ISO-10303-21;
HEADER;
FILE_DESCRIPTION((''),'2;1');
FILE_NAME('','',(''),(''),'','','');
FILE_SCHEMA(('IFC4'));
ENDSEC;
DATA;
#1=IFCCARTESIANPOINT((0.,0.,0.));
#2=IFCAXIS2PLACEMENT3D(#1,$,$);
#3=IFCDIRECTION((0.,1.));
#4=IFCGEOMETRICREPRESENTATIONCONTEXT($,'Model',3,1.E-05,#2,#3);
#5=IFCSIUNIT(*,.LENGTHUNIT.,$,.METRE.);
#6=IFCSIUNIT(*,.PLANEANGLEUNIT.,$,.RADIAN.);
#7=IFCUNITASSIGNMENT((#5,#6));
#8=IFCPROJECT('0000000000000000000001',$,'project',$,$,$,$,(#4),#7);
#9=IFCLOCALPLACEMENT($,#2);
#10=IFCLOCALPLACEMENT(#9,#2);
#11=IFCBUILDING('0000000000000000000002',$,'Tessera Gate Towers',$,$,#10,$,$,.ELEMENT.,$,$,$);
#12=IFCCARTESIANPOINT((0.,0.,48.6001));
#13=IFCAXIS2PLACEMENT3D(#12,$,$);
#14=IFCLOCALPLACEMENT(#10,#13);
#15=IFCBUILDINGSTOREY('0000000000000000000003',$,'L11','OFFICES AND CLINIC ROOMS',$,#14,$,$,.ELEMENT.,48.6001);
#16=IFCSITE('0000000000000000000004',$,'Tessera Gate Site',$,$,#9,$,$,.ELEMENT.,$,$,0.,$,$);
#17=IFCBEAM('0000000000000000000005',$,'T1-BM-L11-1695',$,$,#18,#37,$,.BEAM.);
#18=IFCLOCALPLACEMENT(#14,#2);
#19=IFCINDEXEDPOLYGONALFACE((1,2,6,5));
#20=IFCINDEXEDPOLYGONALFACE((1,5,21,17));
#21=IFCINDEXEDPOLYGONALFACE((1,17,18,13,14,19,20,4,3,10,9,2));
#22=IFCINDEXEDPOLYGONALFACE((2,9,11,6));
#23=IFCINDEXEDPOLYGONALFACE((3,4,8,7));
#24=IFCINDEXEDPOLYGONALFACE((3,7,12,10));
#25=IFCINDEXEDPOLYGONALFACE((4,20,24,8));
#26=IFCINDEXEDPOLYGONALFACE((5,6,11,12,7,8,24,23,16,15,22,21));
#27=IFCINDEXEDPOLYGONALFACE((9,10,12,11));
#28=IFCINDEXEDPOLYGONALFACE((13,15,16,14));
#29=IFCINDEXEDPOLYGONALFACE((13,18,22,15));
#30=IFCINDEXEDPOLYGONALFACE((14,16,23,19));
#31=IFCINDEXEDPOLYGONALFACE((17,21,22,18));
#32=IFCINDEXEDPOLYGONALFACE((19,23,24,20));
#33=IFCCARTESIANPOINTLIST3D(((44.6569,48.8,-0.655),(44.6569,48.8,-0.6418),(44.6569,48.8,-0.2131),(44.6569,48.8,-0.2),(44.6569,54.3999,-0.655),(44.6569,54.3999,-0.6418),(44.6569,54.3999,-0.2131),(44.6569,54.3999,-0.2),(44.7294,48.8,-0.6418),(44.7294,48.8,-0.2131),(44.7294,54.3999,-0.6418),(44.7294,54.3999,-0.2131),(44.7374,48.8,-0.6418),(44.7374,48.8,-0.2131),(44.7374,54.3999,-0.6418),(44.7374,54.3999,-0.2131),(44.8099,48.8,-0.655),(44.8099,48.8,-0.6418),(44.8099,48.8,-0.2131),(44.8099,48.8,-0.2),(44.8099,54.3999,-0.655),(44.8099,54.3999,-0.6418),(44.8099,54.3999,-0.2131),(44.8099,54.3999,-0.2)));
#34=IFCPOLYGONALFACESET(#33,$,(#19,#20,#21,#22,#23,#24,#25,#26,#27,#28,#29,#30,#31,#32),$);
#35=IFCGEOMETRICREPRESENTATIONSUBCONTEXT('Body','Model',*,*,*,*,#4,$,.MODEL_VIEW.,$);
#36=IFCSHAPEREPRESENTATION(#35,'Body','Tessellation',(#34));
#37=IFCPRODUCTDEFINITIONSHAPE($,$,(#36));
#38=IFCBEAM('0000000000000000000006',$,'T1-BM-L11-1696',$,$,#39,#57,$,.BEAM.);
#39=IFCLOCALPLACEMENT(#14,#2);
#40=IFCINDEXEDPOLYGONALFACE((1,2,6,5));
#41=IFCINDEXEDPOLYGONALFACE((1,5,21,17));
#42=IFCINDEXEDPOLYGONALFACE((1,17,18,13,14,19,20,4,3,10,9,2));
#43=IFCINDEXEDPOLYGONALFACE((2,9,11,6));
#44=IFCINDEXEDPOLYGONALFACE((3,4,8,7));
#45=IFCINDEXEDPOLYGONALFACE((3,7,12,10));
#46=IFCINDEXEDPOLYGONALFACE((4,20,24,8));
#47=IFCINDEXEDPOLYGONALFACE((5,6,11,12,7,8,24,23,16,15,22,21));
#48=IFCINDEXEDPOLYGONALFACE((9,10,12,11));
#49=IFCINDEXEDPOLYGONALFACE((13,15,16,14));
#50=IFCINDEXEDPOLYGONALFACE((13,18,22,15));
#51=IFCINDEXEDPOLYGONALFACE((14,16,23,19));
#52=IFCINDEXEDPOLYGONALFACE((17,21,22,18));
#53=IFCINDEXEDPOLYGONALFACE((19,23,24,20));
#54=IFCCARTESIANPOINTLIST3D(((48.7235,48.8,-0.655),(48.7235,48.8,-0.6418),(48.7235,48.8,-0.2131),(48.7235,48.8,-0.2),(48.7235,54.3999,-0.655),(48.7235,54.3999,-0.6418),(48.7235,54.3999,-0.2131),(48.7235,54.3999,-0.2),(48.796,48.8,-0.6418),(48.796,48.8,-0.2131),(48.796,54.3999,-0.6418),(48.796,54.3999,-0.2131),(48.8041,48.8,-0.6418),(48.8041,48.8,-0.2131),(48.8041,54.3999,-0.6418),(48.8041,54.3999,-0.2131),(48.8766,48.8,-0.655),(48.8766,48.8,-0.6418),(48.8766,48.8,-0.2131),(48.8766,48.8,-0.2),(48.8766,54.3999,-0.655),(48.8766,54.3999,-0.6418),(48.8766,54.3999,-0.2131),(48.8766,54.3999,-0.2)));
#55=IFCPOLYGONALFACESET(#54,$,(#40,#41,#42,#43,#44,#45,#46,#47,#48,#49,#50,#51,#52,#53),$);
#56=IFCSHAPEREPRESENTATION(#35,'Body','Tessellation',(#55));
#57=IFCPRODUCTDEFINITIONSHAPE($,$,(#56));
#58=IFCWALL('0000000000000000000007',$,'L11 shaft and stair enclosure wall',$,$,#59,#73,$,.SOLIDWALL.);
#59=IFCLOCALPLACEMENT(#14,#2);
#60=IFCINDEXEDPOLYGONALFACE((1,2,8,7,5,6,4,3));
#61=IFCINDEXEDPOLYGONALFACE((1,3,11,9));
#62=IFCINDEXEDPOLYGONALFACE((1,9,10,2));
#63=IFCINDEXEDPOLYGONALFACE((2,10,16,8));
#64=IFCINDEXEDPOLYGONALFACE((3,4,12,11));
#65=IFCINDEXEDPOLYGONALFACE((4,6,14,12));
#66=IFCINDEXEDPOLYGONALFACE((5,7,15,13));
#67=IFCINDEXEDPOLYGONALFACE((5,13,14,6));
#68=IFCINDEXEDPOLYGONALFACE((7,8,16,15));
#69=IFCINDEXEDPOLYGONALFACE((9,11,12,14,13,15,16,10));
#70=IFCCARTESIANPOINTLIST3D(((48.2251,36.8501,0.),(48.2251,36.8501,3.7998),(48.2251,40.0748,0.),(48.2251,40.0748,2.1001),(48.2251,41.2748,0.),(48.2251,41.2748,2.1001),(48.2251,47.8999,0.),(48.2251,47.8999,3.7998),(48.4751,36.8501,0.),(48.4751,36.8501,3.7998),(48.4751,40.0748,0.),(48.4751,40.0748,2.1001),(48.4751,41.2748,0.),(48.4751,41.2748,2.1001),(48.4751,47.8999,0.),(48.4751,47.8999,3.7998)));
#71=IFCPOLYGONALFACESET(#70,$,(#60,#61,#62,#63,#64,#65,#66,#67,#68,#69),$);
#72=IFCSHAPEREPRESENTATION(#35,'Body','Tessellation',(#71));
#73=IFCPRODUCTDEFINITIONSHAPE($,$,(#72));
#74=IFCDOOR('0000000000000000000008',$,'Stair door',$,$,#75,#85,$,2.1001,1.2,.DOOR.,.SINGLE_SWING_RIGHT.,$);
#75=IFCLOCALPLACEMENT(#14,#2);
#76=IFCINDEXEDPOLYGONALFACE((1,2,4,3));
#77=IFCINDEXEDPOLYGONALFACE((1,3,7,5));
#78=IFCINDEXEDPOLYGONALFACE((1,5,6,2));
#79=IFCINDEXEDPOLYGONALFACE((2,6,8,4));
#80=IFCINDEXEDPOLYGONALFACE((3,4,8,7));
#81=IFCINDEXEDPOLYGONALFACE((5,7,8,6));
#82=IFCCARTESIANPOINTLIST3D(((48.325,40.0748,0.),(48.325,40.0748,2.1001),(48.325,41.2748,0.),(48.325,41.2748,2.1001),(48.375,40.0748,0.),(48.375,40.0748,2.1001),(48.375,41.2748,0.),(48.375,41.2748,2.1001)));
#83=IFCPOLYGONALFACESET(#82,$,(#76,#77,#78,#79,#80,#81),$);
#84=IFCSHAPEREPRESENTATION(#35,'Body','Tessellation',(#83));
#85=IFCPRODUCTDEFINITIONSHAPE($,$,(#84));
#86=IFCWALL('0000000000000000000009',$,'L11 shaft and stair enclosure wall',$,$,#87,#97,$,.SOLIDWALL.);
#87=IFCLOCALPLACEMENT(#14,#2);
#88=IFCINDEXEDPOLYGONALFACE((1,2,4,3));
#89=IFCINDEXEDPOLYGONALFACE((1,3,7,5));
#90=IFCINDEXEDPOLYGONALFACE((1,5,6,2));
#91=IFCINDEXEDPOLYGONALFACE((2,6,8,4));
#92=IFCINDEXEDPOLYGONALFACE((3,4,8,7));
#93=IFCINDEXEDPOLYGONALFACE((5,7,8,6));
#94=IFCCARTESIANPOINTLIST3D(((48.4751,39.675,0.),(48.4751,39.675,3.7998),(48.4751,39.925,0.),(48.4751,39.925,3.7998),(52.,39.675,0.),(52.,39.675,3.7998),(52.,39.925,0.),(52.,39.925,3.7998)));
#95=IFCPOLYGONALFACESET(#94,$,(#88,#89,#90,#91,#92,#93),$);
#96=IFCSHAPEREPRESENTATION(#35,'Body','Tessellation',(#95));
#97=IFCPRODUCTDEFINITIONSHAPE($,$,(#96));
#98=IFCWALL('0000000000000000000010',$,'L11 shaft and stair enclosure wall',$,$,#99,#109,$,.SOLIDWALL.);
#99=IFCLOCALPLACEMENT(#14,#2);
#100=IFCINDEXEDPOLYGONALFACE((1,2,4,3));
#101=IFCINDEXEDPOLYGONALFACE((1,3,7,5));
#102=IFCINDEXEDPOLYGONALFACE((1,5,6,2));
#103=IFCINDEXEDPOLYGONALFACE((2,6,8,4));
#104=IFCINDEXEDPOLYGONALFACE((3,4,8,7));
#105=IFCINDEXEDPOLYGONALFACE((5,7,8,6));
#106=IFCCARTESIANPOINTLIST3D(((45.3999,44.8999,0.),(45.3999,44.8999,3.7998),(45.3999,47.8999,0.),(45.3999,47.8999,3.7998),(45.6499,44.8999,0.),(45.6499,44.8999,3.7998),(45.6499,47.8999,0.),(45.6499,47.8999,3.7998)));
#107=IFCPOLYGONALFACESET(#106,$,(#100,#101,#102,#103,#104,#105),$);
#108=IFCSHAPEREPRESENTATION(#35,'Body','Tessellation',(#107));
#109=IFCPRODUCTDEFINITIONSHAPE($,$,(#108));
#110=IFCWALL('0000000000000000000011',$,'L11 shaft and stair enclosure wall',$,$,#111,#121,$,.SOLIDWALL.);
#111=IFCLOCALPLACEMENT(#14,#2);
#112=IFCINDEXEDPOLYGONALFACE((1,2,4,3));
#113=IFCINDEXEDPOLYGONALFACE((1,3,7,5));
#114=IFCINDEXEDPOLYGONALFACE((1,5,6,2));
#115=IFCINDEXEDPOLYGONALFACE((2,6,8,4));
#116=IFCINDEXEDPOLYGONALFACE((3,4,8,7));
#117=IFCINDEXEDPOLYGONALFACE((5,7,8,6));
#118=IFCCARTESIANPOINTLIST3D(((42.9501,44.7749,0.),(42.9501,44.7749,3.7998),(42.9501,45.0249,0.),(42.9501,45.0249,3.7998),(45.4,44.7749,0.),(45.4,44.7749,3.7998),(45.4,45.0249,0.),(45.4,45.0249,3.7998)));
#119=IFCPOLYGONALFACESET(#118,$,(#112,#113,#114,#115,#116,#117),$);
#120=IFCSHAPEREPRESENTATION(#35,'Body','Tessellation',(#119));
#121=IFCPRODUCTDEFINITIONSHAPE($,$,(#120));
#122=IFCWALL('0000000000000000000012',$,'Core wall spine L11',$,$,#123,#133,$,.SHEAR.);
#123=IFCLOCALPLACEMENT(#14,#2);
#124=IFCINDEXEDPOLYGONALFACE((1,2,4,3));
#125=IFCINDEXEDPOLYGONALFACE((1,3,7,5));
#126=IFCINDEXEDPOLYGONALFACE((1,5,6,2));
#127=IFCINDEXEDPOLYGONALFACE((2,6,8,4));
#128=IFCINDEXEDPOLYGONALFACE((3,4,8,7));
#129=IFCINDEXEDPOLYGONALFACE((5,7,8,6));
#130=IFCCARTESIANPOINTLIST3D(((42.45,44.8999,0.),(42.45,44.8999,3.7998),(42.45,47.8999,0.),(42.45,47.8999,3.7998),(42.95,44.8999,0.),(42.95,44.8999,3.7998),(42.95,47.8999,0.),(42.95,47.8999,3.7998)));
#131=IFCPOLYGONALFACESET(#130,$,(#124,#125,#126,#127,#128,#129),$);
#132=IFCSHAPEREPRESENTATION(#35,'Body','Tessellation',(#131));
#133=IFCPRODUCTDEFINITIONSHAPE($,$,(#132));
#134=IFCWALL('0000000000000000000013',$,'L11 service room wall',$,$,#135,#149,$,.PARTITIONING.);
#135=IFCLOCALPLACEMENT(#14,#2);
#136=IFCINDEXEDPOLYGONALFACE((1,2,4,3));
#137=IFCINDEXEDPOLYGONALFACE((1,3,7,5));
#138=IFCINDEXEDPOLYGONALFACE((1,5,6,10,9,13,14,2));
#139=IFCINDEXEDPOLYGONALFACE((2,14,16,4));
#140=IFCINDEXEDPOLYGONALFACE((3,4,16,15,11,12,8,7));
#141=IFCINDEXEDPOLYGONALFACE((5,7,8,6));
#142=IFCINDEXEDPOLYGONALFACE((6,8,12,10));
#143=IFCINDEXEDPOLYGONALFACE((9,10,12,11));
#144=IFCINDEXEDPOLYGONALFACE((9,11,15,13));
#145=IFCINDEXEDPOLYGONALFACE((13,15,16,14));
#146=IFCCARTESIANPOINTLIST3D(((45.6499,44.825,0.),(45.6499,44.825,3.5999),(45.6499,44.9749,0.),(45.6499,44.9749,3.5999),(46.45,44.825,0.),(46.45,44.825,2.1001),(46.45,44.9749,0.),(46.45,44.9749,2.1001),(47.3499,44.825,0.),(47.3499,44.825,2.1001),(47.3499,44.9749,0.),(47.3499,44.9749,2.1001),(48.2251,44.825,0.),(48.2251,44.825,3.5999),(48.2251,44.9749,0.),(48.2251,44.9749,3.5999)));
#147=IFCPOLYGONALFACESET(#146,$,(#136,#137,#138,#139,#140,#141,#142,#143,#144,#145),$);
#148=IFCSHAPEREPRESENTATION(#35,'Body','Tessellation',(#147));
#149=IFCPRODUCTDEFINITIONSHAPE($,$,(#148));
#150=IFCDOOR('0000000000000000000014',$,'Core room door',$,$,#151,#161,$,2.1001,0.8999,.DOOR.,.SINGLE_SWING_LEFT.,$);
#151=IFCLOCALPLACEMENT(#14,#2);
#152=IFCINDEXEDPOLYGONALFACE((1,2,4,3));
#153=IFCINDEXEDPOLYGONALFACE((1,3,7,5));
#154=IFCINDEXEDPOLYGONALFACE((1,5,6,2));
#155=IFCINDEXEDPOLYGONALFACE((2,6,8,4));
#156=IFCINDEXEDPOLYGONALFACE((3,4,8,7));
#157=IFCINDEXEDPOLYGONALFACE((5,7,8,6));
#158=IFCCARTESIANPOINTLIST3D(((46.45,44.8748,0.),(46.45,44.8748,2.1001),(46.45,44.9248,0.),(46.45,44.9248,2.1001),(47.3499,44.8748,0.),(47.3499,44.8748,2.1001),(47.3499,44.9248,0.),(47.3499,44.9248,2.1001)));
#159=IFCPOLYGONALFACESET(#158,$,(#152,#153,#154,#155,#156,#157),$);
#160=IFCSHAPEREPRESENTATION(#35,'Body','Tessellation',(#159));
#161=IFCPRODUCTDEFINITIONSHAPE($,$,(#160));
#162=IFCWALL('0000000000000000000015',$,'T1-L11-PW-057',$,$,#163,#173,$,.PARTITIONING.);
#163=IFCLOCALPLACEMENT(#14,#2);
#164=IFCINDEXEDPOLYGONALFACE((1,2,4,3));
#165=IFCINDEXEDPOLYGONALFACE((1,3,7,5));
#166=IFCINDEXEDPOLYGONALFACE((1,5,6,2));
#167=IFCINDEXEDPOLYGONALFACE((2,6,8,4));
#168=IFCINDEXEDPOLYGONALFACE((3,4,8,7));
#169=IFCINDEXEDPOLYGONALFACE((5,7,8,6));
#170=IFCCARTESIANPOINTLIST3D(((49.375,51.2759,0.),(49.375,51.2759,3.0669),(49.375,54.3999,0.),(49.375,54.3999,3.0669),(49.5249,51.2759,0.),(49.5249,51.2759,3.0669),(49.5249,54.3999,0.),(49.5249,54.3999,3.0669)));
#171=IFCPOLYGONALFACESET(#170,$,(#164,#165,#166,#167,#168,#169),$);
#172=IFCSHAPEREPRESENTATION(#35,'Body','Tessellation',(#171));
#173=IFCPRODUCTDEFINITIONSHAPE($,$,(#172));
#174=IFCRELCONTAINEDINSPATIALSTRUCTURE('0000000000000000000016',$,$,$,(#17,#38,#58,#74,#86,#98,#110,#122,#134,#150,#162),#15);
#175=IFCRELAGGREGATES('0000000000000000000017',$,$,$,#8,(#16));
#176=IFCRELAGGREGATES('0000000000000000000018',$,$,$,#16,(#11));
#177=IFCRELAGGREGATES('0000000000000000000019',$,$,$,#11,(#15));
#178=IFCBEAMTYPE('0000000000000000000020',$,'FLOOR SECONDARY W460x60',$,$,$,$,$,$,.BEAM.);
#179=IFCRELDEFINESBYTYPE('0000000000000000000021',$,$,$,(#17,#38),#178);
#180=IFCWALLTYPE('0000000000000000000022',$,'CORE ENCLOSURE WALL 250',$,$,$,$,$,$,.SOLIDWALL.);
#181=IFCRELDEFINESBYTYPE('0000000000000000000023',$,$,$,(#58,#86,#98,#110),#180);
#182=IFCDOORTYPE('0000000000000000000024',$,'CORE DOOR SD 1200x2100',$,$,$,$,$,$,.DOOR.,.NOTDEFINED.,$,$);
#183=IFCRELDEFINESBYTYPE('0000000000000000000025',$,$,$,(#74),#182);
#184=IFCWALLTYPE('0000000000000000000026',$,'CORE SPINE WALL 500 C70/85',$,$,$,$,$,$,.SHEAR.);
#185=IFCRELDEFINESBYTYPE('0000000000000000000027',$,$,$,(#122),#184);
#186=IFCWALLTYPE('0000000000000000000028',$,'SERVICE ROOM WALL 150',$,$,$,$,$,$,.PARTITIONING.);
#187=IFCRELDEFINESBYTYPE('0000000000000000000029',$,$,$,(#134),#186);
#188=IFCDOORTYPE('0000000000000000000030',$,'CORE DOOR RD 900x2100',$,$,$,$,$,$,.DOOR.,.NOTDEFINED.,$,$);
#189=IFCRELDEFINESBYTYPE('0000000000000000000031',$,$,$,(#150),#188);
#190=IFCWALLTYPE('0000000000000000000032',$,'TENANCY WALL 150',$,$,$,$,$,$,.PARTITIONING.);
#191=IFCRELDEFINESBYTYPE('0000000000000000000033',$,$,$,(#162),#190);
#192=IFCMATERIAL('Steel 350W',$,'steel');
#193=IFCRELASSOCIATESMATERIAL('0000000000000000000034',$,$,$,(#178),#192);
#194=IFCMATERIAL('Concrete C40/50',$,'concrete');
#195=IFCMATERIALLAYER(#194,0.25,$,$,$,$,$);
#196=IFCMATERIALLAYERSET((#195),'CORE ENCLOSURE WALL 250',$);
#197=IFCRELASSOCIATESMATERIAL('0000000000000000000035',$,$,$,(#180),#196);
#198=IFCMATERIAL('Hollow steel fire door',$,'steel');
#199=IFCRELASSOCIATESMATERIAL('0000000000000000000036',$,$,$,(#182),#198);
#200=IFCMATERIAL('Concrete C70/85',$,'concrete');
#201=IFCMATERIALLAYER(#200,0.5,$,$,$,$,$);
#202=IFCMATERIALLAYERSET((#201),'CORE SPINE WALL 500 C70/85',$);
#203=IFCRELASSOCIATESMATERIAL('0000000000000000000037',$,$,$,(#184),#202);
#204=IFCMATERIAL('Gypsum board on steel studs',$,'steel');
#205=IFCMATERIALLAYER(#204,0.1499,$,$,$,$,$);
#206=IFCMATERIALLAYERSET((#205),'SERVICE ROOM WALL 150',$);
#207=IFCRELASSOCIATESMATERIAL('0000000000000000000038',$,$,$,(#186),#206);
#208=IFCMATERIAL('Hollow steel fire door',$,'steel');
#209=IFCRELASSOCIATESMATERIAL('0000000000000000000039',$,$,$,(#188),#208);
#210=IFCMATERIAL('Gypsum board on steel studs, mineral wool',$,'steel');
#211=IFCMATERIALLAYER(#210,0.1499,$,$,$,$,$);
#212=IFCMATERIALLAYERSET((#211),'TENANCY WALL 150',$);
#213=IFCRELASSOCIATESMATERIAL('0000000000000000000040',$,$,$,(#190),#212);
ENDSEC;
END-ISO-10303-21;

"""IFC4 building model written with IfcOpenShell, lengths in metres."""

from ifc_helpers import new_model, si_unit, direction, frame, frame_2d, origin, origin_2d, place, context, subcontext, project, spatial, rectangle, i_section, extrude, source, transform, mapped, material, layer, layer_set, material_profile, profile_set, type_object, element, fill, save


model = new_model("IFC4")

# Units and contexts
model_context = context("Model", 3, precision=1e-05, world=origin(), true_north=direction((0.0, 1.0)))
body_context = subcontext(model_context, "Body", "Model", "MODEL_VIEW")
ifc_project = project(units=[si_unit("LENGTHUNIT", "METRE"), si_unit("PLANEANGLEUNIT", "RADIAN")], contexts=[model_context])

# Site, building, storey
site_placement = place(None, origin())
site = spatial("IfcSite", under=ifc_project, at=site_placement, Name="Tessera Gate Site", CompositionType="ELEMENT", RefElevation=0.0)
building_placement = place(site_placement, origin())
building = spatial("IfcBuilding", under=site, at=building_placement, Name="Tessera Gate Towers", CompositionType="ELEMENT")
storey_placement = place(building_placement, frame((0.0, 0.0, 48.6001)))
storey = spatial("IfcBuildingStorey", under=building, at=storey_placement, Name="L11", Description="OFFICES AND CLINIC ROOMS", CompositionType="ELEMENT", Elevation=48.6001)

# Beams
ifc_material_1 = material(Name="Steel 350W", Category="steel")
ifc_material_profile = material_profile(ifc_material_1, i_section(OverallWidth=0.1531, OverallDepth=0.4551, WebThickness=0.0081, FlangeThickness=0.0132, at=origin_2d()), Name="W460x60")
ifc_profile_set = profile_set([ifc_material_profile], Name="Steel 350W")
beam_type = type_object("IfcBeamType", Name="FLOOR SECONDARY W460x60", PredefinedType="BEAM", material=ifc_profile_set)
for number, where, z_axis, x_axis, name in (
    (1, (44.7334, 48.8, -0.4275), (0.0, 1.0, 0.0), (-1.0, 0.0, 0.0), "T1-BM-L11-1695"),
    (2, (48.8, 48.8, -0.4275), (0.0, 1.0, 0.0), (-1.0, 0.0, 0.0), "T1-BM-L11-1696"),
):
    element("IfcBeam", number, at=place(storey_placement, frame(where, z_axis=z_axis, x_axis=x_axis)), inside=storey, type_object=beam_type, Name=name, PredefinedType="BEAM", context=body_context, shape_type="SweptSolid", body=[
        extrude(i_section(OverallWidth=0.1531, OverallDepth=0.4551, WebThickness=0.0081, FlangeThickness=0.0132, at=origin_2d()), origin(), (0.0, 0.0, 1.0), 5.5999),
    ])

# Wall, opening, door
ifc_material_2 = material(Name="Concrete C40/50", Category="concrete")
ifc_layer_1 = layer(ifc_material_2, 0.25)
ifc_layer_set_1 = layer_set([ifc_layer_1], Name="CORE ENCLOSURE WALL 250")
wall_type_1 = type_object("IfcWallType", Name="CORE ENCLOSURE WALL 250", PredefinedType="SOLIDWALL", material=ifc_layer_set_1)
wall_1_placement = place(storey_placement, frame((48.3501, 47.8999, 0.0), z_axis=(0.0, 0.0, 1.0), x_axis=(0.0, -1.0, 0.0)))
wall_1 = element("IfcWall", 3, at=wall_1_placement, inside=storey, type_object=wall_type_1, Name="L11 shaft and stair enclosure wall", PredefinedType="SOLIDWALL", context=body_context, shape_type="SweptSolid", body=[
    extrude(rectangle(XDim=11.0498, YDim=0.25, at=frame_2d((5.5249, 0.0))), origin(), (0.0, 0.0, 1.0), 3.7998),
])
shared_shape_1 = source(origin(), body_context, "Body", "SweptSolid", [
    extrude(rectangle(XDim=1.2, YDim=2.1001, at=frame_2d((0.6001, 1.05))), frame((0.0, 0.135, 0.0), z_axis=(0.0, -1.0, 0.0), x_axis=(1.0, 0.0, 0.0)), (0.0, 0.0, 1.0), 0.27),
])
opening_1_placement = place(wall_1_placement, frame((6.625, 0.0, 0.0)))
opening_1 = element("IfcOpeningElement", 4, at=opening_1_placement, cuts=wall_1, PredefinedType="OPENING", context=body_context, shape_type="MappedRepresentation", body=[
    mapped(shared_shape_1, transform((0.0, 0.0, 0.0), scale=1.0)),
])
ifc_material_3 = material(Name="Hollow steel fire door", Category="steel")
door_type_1 = type_object("IfcDoorType", Name="CORE DOOR SD 1200x2100", OperationType="NOTDEFINED", PredefinedType="DOOR", material=ifc_material_3)
shared_shape_2 = source(origin(), body_context, "Body", "SweptSolid", [
    extrude(rectangle(XDim=1.2, YDim=2.1001, at=frame_2d((0.6001, 1.05))), frame((0.0, 0.0249, 0.0), z_axis=(0.0, -1.0, 0.0), x_axis=(1.0, 0.0, 0.0)), (0.0, 0.0, 1.0), 0.05),
])
door_1_placement = place(opening_1_placement, origin())
door_1 = element("IfcDoor", 5, at=door_1_placement, inside=storey, type_object=door_type_1, Name="Stair door", OperationType="SINGLE_SWING_RIGHT", OverallHeight=2.1001, OverallWidth=1.2, PredefinedType="DOOR", context=body_context, shape_type="MappedRepresentation", body=[
    mapped(shared_shape_2, transform((0.0, 0.0, 0.0), scale=1.0)),
])
fill(opening_1, door_1)

# Walls
wall_2_placement = place(storey_placement, frame((48.4751, 39.8, 0.0), z_axis=(0.0, 0.0, 1.0), x_axis=(1.0, 0.0, 0.0)))
element("IfcWall", 6, at=wall_2_placement, inside=storey, type_object=wall_type_1, Name="L11 shaft and stair enclosure wall", PredefinedType="SOLIDWALL", context=body_context, shape_type="SweptSolid", body=[
    extrude(rectangle(XDim=3.5249, YDim=0.25, at=frame_2d((1.7625, 0.0))), origin(), (0.0, 0.0, 1.0), 3.7998),
])
wall_3_placement = place(storey_placement, frame((45.5249, 44.8999, 0.0), z_axis=(0.0, 0.0, 1.0), x_axis=(0.0, 1.0, 0.0)))
element("IfcWall", 7, at=wall_3_placement, inside=storey, type_object=wall_type_1, Name="L11 shaft and stair enclosure wall", PredefinedType="SOLIDWALL", context=body_context, shape_type="SweptSolid", body=[
    extrude(rectangle(XDim=3.0, YDim=0.25, at=frame_2d((1.5, 0.0))), origin(), (0.0, 0.0, 1.0), 3.7998),
])
wall_4_placement = place(storey_placement, frame((42.95, 44.8999, 0.0), z_axis=(0.0, 0.0, 1.0), x_axis=(1.0, 0.0, 0.0)))
element("IfcWall", 8, at=wall_4_placement, inside=storey, type_object=wall_type_1, Name="L11 shaft and stair enclosure wall", PredefinedType="SOLIDWALL", context=body_context, shape_type="SweptSolid", body=[
    extrude(rectangle(XDim=2.45, YDim=0.25, at=frame_2d((1.2251, 0.0))), origin(), (0.0, 0.0, 1.0), 3.7998),
])
ifc_material_4 = material(Name="Concrete C70/85", Category="concrete")
ifc_layer_2 = layer(ifc_material_4, 0.5)
ifc_layer_set_2 = layer_set([ifc_layer_2], Name="CORE SPINE WALL 500 C70/85")
wall_type_2 = type_object("IfcWallType", Name="CORE SPINE WALL 500 C70/85", PredefinedType="SHEAR", material=ifc_layer_set_2)
wall_5_placement = place(storey_placement, frame((42.7, 44.8999, 0.0), z_axis=(0.0, 0.0, 1.0), x_axis=(0.0, 1.0, 0.0)))
element("IfcWall", 9, at=wall_5_placement, inside=storey, type_object=wall_type_2, Name="Core wall spine L11", PredefinedType="SHEAR", context=body_context, shape_type="SweptSolid", body=[
    extrude(rectangle(XDim=3.0, YDim=0.5, at=frame_2d((1.5, 0.0))), origin(), (0.0, 0.0, 1.0), 3.7998),
])

# Wall, opening, door
ifc_material_5 = material(Name="Gypsum board on steel studs", Category="steel")
ifc_layer_3 = layer(ifc_material_5, 0.1499)
ifc_layer_set_3 = layer_set([ifc_layer_3], Name="SERVICE ROOM WALL 150")
wall_type_3 = type_object("IfcWallType", Name="SERVICE ROOM WALL 150", PredefinedType="PARTITIONING", material=ifc_layer_set_3)
wall_6_placement = place(storey_placement, frame((45.6499, 44.8999, 0.0), z_axis=(0.0, 0.0, 1.0), x_axis=(1.0, 0.0, 0.0)))
wall_6 = element("IfcWall", 10, at=wall_6_placement, inside=storey, type_object=wall_type_3, Name="L11 service room wall", PredefinedType="PARTITIONING", context=body_context, shape_type="SweptSolid", body=[
    extrude(rectangle(XDim=2.5752, YDim=0.1499, at=frame_2d((1.2876, 0.0))), origin(), (0.0, 0.0, 1.0), 3.5999),
])
shared_shape_3 = source(origin(), body_context, "Body", "SweptSolid", [
    extrude(rectangle(XDim=0.8999, YDim=2.1001, at=frame_2d((0.45, 1.05))), frame((0.0, 0.085, 0.0), z_axis=(0.0, -1.0, 0.0), x_axis=(1.0, 0.0, 0.0)), (0.0, 0.0, 1.0), 0.1699),
])
opening_2_placement = place(wall_6_placement, frame((0.8, 0.0, 0.0)))
opening_2 = element("IfcOpeningElement", 11, at=opening_2_placement, cuts=wall_6, PredefinedType="OPENING", context=body_context, shape_type="MappedRepresentation", body=[
    mapped(shared_shape_3, transform((0.0, 0.0, 0.0), scale=1.0)),
])
ifc_material_6 = material(Name="Hollow steel fire door", Category="steel")
door_type_2 = type_object("IfcDoorType", Name="CORE DOOR RD 900x2100", OperationType="NOTDEFINED", PredefinedType="DOOR", material=ifc_material_6)
shared_shape_4 = source(origin(), body_context, "Body", "SweptSolid", [
    extrude(rectangle(XDim=0.8999, YDim=2.1001, at=frame_2d((0.45, 1.05))), frame((0.0, 0.0249, 0.0), z_axis=(0.0, -1.0, 0.0), x_axis=(1.0, 0.0, 0.0)), (0.0, 0.0, 1.0), 0.05),
])
door_2_placement = place(opening_2_placement, origin())
door_2 = element("IfcDoor", 12, at=door_2_placement, inside=storey, type_object=door_type_2, Name="Core room door", OperationType="SINGLE_SWING_LEFT", OverallHeight=2.1001, OverallWidth=0.8999, PredefinedType="DOOR", context=body_context, shape_type="MappedRepresentation", body=[
    mapped(shared_shape_4, transform((0.0, 0.0, 0.0), scale=1.0)),
])
fill(opening_2, door_2)

# Wall
ifc_material_7 = material(Name="Gypsum board on steel studs, mineral wool", Category="steel")
ifc_layer_4 = layer(ifc_material_7, 0.1499)
ifc_layer_set_4 = layer_set([ifc_layer_4], Name="TENANCY WALL 150")
wall_type_4 = type_object("IfcWallType", Name="TENANCY WALL 150", PredefinedType="PARTITIONING", material=ifc_layer_set_4)
wall_7_placement = place(storey_placement, frame((49.45, 51.2759, 0.0), z_axis=(0.0, 0.0, 1.0), x_axis=(0.0, 1.0, 0.0)))
element("IfcWall", 13, at=wall_7_placement, inside=storey, type_object=wall_type_4, Name="T1-L11-PW-057", PredefinedType="PARTITIONING", context=body_context, shape_type="SweptSolid", body=[
    extrude(rectangle(XDim=3.124, YDim=0.1499, at=frame_2d((1.562, 0.0))), origin(), (0.0, 0.0, 1.0), 3.0669),
])

save(model, "model.ifc")
